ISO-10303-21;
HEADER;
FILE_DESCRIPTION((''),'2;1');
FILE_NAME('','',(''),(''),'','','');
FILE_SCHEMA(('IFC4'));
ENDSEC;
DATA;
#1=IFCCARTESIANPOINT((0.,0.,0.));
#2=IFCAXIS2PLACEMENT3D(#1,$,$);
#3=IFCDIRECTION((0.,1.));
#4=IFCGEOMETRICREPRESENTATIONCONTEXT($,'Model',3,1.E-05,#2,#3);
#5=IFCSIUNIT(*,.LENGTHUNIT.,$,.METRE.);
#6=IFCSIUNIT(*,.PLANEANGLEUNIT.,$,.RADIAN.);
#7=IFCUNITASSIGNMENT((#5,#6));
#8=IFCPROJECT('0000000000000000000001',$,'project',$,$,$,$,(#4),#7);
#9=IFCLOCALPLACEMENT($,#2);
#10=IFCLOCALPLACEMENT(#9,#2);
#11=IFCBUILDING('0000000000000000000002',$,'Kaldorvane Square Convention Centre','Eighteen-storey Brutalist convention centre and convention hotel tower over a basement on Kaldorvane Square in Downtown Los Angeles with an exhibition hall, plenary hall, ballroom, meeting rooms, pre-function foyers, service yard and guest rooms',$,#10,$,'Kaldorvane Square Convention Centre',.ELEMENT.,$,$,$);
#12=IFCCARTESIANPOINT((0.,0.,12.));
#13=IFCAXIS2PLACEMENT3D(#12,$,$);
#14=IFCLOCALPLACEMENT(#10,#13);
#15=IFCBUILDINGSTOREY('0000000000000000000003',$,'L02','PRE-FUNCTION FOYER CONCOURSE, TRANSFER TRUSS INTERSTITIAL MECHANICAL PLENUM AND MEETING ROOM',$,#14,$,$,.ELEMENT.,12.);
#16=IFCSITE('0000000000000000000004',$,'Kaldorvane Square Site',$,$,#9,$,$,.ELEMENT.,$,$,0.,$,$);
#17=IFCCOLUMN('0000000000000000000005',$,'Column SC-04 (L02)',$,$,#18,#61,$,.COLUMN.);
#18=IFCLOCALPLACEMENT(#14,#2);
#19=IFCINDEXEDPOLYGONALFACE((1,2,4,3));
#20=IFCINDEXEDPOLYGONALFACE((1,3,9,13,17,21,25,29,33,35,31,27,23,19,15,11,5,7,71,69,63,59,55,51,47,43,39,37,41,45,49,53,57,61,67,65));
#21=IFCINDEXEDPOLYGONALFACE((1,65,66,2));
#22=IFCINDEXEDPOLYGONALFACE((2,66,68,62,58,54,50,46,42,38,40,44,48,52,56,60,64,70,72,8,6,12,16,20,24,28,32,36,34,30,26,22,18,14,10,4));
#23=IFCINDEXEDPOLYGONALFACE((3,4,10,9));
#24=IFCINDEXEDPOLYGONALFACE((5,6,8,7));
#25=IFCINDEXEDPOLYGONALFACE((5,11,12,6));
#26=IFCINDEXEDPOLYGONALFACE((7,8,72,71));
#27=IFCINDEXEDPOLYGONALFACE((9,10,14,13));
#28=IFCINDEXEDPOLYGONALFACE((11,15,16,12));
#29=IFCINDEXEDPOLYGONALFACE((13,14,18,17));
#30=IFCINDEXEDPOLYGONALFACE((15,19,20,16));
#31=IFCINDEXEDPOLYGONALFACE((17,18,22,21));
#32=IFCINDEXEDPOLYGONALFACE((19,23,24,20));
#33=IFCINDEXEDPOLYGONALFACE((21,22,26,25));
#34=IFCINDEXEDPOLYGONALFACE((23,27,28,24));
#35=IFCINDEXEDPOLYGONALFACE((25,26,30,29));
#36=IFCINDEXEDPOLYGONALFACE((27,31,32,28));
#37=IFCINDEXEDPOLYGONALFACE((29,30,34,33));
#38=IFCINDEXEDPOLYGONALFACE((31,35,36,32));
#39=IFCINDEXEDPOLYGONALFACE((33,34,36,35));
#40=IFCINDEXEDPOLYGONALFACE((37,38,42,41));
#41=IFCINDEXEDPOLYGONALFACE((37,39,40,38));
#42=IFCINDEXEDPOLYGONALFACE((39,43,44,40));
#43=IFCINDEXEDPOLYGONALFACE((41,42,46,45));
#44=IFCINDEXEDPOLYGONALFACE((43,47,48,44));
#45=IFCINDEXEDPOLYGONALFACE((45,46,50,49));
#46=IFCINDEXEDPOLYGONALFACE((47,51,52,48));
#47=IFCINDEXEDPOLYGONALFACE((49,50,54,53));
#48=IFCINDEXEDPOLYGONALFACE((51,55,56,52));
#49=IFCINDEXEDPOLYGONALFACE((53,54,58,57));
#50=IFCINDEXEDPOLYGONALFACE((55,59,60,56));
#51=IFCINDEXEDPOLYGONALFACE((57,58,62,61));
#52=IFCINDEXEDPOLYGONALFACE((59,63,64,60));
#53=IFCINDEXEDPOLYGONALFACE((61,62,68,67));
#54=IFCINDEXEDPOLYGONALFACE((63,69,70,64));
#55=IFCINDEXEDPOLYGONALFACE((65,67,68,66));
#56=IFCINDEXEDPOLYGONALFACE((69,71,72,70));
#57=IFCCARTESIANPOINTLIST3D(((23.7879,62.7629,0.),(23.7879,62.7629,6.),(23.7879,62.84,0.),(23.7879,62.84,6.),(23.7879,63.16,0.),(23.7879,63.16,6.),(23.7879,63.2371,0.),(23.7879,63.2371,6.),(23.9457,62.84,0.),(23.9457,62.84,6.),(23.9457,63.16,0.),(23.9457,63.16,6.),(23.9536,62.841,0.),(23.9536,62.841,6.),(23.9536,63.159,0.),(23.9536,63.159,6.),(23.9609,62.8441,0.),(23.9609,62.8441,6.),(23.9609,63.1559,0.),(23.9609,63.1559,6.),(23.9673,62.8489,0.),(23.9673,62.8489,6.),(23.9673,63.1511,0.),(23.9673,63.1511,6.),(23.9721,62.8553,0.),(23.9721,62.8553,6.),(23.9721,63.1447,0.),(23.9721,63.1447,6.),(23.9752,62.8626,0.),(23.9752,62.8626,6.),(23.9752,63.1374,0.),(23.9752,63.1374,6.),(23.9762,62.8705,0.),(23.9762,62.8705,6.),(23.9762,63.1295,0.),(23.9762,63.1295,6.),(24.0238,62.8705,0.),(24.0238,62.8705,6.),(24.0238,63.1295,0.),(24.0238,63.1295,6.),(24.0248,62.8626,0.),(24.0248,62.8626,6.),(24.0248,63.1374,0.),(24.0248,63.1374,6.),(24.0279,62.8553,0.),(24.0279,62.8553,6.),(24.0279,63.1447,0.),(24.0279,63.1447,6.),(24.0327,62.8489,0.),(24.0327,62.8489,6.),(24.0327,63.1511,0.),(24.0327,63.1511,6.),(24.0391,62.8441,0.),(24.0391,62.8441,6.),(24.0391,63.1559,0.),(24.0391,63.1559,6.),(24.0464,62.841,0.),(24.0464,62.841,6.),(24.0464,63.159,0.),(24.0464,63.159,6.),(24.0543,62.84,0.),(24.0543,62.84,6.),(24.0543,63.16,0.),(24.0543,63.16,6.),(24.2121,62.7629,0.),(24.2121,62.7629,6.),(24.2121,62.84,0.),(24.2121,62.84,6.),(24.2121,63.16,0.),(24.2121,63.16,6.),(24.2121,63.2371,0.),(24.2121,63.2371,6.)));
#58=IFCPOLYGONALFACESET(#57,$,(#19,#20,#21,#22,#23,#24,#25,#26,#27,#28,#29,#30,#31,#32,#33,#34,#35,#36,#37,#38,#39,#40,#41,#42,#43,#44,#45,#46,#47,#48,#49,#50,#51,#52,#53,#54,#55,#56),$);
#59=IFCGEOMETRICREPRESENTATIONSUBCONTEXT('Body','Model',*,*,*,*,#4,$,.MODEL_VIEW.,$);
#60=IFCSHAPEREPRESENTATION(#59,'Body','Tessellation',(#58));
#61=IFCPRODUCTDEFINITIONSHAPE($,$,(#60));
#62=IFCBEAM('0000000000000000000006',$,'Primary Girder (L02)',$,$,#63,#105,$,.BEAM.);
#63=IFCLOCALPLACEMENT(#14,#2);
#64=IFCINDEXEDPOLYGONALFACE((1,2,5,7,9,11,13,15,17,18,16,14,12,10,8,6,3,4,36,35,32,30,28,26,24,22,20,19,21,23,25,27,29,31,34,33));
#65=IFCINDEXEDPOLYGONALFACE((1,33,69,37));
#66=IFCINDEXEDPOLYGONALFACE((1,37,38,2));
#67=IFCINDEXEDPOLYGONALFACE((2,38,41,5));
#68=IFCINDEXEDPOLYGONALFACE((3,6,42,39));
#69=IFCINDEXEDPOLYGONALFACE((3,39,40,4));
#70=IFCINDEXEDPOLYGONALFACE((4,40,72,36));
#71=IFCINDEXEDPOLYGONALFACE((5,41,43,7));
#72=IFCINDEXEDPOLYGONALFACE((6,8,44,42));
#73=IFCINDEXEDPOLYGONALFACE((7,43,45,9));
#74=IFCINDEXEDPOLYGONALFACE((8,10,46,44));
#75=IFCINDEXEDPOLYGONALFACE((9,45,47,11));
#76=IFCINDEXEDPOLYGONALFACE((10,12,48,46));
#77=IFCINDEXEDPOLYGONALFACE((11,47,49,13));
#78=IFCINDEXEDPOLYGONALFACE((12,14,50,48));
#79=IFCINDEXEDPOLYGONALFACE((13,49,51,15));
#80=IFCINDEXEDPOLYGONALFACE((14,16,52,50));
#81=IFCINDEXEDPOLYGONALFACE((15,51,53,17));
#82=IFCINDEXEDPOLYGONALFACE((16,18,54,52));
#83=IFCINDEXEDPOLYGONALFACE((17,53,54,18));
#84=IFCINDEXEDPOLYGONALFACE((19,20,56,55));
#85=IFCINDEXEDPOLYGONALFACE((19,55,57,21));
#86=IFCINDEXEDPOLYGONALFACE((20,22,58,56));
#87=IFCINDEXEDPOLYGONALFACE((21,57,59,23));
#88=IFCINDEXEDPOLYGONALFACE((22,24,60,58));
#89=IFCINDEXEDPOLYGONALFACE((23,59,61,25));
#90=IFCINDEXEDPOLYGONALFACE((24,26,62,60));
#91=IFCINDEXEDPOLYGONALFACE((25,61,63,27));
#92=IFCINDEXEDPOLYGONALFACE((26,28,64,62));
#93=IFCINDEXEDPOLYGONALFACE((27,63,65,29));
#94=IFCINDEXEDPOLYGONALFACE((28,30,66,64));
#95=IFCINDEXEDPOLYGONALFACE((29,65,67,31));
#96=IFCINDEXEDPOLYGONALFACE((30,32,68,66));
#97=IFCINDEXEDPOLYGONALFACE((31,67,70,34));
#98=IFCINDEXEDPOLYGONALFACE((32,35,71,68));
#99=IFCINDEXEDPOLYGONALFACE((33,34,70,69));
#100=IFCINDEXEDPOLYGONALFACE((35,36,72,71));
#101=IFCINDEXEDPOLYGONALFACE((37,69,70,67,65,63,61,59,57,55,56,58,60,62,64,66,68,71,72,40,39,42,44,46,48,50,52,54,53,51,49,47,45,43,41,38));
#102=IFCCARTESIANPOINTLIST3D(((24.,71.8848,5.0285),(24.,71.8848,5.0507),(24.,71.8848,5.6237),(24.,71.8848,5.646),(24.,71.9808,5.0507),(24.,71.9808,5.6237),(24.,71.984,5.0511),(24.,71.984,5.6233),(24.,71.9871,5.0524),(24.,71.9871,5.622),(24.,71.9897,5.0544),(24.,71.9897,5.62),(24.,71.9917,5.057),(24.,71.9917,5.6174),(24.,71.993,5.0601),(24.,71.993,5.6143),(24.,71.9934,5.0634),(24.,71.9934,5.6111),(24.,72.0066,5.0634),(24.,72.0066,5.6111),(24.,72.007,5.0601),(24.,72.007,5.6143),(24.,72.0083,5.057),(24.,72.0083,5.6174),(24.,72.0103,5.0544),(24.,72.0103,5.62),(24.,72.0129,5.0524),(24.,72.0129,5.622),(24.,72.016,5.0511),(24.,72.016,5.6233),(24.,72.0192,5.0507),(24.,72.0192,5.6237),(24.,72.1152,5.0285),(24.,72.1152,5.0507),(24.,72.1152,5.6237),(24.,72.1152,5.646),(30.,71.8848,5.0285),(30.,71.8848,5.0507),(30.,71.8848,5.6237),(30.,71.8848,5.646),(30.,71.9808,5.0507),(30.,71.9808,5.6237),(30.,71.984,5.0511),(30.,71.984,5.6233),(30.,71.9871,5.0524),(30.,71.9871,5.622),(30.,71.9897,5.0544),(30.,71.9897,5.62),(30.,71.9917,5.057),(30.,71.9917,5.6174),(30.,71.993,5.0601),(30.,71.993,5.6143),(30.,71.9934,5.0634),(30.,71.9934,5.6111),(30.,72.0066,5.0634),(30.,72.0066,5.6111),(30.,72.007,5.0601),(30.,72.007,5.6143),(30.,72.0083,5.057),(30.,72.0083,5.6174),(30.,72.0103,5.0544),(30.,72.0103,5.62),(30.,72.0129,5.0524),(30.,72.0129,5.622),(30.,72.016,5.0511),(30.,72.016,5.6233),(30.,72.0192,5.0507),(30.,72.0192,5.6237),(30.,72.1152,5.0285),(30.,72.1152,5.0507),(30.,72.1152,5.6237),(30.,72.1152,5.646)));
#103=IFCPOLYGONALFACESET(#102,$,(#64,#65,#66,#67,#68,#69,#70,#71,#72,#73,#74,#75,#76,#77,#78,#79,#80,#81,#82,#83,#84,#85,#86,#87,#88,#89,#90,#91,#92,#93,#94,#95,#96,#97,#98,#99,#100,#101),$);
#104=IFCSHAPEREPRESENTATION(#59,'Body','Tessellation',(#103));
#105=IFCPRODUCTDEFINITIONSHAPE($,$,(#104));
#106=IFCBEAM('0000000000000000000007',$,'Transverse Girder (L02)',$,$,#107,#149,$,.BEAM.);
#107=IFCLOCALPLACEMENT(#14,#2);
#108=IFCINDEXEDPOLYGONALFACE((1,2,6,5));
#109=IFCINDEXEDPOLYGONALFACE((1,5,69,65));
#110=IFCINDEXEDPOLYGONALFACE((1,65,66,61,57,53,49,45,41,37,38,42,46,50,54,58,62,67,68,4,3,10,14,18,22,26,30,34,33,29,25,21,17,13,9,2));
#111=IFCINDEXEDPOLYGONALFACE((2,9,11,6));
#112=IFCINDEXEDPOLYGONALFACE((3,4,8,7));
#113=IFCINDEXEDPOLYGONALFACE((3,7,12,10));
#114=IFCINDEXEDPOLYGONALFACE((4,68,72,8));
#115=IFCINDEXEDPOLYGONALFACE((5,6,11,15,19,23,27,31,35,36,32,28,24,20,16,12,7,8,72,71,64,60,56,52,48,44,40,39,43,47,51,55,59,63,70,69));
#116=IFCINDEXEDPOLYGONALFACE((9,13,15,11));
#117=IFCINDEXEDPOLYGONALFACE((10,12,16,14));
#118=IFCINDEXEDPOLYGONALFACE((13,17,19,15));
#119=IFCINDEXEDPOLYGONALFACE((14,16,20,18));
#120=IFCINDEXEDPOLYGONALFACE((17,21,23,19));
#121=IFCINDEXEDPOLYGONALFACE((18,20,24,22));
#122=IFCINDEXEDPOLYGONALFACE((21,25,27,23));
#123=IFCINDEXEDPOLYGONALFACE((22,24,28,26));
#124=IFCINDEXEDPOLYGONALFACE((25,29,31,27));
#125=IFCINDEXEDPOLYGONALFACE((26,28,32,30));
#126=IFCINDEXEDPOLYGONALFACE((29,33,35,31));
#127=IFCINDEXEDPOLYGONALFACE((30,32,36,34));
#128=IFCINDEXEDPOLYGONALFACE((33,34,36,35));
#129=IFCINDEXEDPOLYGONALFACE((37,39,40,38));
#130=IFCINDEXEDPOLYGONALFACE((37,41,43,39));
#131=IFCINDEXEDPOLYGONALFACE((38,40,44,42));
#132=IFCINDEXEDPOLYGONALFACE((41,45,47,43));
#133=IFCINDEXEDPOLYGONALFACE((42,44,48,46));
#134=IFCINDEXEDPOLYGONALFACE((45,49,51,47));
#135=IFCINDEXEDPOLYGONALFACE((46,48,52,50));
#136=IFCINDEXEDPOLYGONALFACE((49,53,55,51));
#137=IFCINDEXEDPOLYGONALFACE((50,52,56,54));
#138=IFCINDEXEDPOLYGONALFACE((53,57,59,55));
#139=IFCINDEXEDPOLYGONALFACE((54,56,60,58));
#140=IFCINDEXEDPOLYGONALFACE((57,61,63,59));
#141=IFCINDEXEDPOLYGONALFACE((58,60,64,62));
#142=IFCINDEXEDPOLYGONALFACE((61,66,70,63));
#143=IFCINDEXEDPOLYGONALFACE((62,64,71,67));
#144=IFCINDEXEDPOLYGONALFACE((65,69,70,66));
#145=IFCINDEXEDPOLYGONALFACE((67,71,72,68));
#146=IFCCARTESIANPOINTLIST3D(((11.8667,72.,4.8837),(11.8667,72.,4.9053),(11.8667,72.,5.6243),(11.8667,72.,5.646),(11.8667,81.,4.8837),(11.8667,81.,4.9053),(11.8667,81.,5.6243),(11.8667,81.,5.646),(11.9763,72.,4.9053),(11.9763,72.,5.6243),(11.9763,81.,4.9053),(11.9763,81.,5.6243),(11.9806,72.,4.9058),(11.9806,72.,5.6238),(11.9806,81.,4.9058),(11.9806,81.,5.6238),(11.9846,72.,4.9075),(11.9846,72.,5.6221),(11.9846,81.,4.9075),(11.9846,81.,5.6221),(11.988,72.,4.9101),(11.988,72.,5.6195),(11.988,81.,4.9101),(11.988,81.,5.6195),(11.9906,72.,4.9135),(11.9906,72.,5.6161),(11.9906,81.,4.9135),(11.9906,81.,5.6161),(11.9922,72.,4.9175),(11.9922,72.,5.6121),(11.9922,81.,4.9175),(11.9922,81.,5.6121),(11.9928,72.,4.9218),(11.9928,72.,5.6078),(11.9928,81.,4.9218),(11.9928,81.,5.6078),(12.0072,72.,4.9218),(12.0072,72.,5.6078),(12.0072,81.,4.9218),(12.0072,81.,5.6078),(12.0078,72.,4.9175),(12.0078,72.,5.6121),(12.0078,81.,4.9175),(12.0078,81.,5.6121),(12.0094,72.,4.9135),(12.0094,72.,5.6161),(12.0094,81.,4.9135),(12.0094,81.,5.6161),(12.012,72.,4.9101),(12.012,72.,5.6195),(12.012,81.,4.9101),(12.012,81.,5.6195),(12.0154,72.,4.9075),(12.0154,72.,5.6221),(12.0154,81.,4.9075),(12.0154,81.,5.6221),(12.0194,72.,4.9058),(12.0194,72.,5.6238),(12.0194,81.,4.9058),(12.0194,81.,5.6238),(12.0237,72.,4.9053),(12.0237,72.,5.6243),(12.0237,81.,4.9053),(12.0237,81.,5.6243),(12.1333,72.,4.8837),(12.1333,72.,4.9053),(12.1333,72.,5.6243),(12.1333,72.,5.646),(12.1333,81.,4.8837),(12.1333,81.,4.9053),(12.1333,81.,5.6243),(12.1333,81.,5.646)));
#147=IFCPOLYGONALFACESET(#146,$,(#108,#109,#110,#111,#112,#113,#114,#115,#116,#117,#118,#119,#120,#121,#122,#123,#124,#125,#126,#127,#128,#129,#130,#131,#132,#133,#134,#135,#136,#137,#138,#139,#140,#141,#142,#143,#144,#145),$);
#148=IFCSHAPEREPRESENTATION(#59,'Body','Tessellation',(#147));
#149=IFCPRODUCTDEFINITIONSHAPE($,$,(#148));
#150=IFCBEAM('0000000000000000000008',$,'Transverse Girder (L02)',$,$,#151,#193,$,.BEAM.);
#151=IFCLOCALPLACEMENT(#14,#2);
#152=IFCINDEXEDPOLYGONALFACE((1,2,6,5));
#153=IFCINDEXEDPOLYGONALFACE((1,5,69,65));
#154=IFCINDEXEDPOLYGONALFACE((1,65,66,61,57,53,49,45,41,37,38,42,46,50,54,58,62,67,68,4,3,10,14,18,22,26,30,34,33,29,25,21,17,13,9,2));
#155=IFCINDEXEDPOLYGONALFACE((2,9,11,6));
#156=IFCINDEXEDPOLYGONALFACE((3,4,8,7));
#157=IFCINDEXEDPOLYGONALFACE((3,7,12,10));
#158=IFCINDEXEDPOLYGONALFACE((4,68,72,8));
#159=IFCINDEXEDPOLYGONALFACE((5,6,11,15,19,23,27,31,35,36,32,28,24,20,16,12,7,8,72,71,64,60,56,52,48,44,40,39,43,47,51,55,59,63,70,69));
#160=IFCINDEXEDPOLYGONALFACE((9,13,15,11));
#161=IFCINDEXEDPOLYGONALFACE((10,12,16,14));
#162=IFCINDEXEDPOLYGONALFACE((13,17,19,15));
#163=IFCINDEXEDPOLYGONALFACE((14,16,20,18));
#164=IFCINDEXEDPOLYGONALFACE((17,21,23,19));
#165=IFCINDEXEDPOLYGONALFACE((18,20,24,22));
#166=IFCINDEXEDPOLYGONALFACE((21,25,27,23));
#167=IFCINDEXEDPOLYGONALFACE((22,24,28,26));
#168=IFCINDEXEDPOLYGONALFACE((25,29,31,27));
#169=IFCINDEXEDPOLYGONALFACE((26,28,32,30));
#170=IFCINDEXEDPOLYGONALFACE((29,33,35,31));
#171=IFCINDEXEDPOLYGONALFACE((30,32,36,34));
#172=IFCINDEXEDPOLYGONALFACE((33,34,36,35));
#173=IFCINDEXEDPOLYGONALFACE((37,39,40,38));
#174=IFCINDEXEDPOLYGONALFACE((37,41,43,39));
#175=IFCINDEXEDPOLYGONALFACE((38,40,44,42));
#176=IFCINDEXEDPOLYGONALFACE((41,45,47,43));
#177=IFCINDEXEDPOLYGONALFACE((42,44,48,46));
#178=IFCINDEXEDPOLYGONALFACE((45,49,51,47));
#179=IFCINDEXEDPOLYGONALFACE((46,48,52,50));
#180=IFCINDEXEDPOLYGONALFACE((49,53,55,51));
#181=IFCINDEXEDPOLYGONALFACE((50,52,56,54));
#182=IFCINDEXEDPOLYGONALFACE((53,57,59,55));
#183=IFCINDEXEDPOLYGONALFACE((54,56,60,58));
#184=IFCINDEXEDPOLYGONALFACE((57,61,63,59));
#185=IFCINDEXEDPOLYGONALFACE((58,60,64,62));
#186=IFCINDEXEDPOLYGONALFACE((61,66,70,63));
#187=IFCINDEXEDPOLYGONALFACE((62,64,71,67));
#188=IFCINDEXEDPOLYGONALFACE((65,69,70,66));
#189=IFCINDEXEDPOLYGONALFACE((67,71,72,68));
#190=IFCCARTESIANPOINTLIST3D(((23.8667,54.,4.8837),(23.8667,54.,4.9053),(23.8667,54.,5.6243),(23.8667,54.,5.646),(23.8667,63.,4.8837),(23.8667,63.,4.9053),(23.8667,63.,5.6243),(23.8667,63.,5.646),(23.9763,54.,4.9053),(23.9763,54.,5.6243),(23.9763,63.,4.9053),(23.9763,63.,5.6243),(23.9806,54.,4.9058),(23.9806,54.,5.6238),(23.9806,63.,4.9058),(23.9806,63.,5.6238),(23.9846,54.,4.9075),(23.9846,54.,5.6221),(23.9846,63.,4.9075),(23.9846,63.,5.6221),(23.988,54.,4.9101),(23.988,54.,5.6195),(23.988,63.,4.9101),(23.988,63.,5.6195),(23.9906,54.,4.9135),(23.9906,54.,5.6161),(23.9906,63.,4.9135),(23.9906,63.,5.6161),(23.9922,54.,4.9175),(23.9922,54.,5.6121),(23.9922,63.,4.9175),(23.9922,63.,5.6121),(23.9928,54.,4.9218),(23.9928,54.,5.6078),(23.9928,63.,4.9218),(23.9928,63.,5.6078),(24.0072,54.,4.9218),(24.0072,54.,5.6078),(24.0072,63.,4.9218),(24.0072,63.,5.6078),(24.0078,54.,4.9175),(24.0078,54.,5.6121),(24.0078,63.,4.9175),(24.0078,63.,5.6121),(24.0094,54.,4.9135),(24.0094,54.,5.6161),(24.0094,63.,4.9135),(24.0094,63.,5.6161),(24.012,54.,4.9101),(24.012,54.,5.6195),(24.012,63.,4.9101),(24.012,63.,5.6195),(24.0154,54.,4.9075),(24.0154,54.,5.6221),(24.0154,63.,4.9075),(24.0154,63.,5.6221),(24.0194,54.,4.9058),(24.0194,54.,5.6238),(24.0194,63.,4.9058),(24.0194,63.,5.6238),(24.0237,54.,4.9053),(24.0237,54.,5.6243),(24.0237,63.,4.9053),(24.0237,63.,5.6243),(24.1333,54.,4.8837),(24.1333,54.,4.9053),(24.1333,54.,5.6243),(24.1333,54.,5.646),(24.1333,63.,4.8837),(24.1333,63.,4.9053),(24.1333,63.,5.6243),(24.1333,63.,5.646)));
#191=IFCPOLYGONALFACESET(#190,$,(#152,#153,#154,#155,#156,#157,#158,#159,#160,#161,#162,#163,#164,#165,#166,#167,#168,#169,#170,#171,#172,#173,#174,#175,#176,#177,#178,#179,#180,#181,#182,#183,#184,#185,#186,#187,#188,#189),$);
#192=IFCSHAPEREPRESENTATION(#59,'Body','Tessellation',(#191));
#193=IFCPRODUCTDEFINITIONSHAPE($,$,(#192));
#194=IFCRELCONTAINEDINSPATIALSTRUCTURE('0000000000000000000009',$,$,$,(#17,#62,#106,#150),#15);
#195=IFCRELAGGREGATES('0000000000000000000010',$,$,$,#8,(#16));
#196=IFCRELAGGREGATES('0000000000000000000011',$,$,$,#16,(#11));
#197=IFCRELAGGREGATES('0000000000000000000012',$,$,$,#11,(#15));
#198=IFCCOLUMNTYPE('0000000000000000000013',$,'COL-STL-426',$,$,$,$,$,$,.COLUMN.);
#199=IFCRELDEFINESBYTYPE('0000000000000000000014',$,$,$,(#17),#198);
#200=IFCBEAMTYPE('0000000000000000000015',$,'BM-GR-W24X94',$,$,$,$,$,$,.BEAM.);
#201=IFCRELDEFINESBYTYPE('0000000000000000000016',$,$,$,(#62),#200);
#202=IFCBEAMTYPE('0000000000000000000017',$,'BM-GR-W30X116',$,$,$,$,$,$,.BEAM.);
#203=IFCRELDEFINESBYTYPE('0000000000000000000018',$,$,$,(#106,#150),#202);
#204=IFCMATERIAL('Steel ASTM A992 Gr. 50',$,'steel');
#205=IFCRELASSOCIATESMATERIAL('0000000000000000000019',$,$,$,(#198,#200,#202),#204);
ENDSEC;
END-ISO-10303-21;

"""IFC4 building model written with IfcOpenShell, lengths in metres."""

from ifc_helpers import new_model, si_unit, direction, frame, origin, origin_2d, place, context, subcontext, project, spatial, i_section, extrude, material, material_profile, profile_set, type_object, element, save


model = new_model("IFC4")

# Units and contexts
model_context = context("Model", 3, precision=1e-05, world=origin(), true_north=direction((0.0, 1.0)))
body_context = subcontext(model_context, "Body", "Model", "MODEL_VIEW")
ifc_project = project(units=[si_unit("LENGTHUNIT", "METRE"), si_unit("PLANEANGLEUNIT", "RADIAN")], contexts=[model_context])

# Site, building, storey
site_placement = place(None, origin())
site = spatial("IfcSite", under=ifc_project, at=site_placement, Name="Kaldorvane Square Site", CompositionType="ELEMENT", RefElevation=0.0)
building_placement = place(site_placement, origin())
building = spatial("IfcBuilding", under=site, at=building_placement, Name="Kaldorvane Square Convention Centre", Description="Eighteen-storey Brutalist convention centre and convention hotel tower over a basement on Kaldorvane Square in Downtown Los Angeles with an exhibition hall, plenary hall, ballroom, meeting rooms, pre-function foyers, service yard and guest rooms", LongName="Kaldorvane Square Convention Centre", CompositionType="ELEMENT")
storey_placement = place(building_placement, frame((0.0, 0.0, 12.0)))
storey = spatial("IfcBuildingStorey", under=building, at=storey_placement, Name="L02", Description="PRE-FUNCTION FOYER CONCOURSE, TRANSFER TRUSS INTERSTITIAL MECHANICAL PLENUM AND MEETING ROOM", CompositionType="ELEMENT", Elevation=12.0)

# Column
ifc_material_1 = material(Name="Steel ASTM A992 Gr. 50", Category="steel")
ifc_material_profile_1 = material_profile(ifc_material_1, i_section(OverallWidth=0.4241, OverallDepth=0.4742, WebThickness=0.0476, FlangeThickness=0.0771, FilletRadius=0.0305, at=origin_2d()), Name="W14X426")
ifc_profile_set_1 = profile_set([ifc_material_profile_1], Name="Steel ASTM A992 Gr. 50")
column_type_1 = type_object("IfcColumnType", Name="COL-STL-426", PredefinedType="COLUMN", material=ifc_profile_set_1)
for number, where, z_axis, x_axis, name in (
    (1, (24.0, 63.0, 0.0), (0.0, 0.0, 1.0), (1.0, 0.0, 0.0), "Column SC-04 (L02)"),
):
    element("IfcColumn", number, at=place(storey_placement, frame(where, z_axis=z_axis, x_axis=x_axis)), inside=storey, type_object=column_type_1, Name=name, PredefinedType="COLUMN", context=body_context, shape_type="SweptSolid", body=[
        extrude(i_section(OverallWidth=0.4241, OverallDepth=0.4742, WebThickness=0.0476, FlangeThickness=0.0771, FilletRadius=0.0305, at=origin_2d()), origin(), (0.0, 0.0, 1.0), 6.0),
    ])

# Beams
ifc_material_profile_2 = material_profile(ifc_material_1, i_section(OverallWidth=0.2303, OverallDepth=0.6175, WebThickness=0.0131, FlangeThickness=0.0222, FilletRadius=0.0127, at=origin_2d()), Name="W24X94")
ifc_profile_set_2 = profile_set([ifc_material_profile_2], Name="Steel ASTM A992 Gr. 50")
beam_type_1 = type_object("IfcBeamType", Name="BM-GR-W24X94", PredefinedType="BEAM", material=ifc_profile_set_2)
beam_placement = place(storey_placement, frame((24.0, 72.0, 5.3372), z_axis=(1.0, 0.0, 0.0), x_axis=(0.0, 1.0, 0.0)))
element("IfcBeam", 2, at=beam_placement, inside=storey, type_object=beam_type_1, Name="Primary Girder (L02)", PredefinedType="BEAM", context=body_context, shape_type="SweptSolid", body=[
    extrude(i_section(OverallWidth=0.2303, OverallDepth=0.6175, WebThickness=0.0131, FlangeThickness=0.0222, FilletRadius=0.0127, at=origin_2d()), origin(), (0.0, 0.0, 1.0), 6.0),
])
ifc_material_profile_3 = material_profile(ifc_material_1, i_section(OverallWidth=0.2666, OverallDepth=0.7623, WebThickness=0.0144, FlangeThickness=0.0216, FilletRadius=0.0165, at=origin_2d()), Name="W30X116")
ifc_profile_set_3 = profile_set([ifc_material_profile_3], Name="Steel ASTM A992 Gr. 50")
beam_type_2 = type_object("IfcBeamType", Name="BM-GR-W30X116", PredefinedType="BEAM", material=ifc_profile_set_3)
for number, where, z_axis, x_axis, name in (
    (3, (12.0, 72.0, 5.2648), (0.0, 1.0, 0.0), (-1.0, 0.0, 0.0), "Transverse Girder (L02)"),
    (4, (24.0, 54.0, 5.2648), (0.0, 1.0, 0.0), (-1.0, 0.0, 0.0), "Transverse Girder (L02)"),
):
    element("IfcBeam", number, at=place(storey_placement, frame(where, z_axis=z_axis, x_axis=x_axis)), inside=storey, type_object=beam_type_2, Name=name, PredefinedType="BEAM", context=body_context, shape_type="SweptSolid", body=[
        extrude(i_section(OverallWidth=0.2666, OverallDepth=0.7623, WebThickness=0.0144, FlangeThickness=0.0216, FilletRadius=0.0165, at=origin_2d()), origin(), (0.0, 0.0, 1.0), 9.0),
    ])

save(model, "model.ifc")
